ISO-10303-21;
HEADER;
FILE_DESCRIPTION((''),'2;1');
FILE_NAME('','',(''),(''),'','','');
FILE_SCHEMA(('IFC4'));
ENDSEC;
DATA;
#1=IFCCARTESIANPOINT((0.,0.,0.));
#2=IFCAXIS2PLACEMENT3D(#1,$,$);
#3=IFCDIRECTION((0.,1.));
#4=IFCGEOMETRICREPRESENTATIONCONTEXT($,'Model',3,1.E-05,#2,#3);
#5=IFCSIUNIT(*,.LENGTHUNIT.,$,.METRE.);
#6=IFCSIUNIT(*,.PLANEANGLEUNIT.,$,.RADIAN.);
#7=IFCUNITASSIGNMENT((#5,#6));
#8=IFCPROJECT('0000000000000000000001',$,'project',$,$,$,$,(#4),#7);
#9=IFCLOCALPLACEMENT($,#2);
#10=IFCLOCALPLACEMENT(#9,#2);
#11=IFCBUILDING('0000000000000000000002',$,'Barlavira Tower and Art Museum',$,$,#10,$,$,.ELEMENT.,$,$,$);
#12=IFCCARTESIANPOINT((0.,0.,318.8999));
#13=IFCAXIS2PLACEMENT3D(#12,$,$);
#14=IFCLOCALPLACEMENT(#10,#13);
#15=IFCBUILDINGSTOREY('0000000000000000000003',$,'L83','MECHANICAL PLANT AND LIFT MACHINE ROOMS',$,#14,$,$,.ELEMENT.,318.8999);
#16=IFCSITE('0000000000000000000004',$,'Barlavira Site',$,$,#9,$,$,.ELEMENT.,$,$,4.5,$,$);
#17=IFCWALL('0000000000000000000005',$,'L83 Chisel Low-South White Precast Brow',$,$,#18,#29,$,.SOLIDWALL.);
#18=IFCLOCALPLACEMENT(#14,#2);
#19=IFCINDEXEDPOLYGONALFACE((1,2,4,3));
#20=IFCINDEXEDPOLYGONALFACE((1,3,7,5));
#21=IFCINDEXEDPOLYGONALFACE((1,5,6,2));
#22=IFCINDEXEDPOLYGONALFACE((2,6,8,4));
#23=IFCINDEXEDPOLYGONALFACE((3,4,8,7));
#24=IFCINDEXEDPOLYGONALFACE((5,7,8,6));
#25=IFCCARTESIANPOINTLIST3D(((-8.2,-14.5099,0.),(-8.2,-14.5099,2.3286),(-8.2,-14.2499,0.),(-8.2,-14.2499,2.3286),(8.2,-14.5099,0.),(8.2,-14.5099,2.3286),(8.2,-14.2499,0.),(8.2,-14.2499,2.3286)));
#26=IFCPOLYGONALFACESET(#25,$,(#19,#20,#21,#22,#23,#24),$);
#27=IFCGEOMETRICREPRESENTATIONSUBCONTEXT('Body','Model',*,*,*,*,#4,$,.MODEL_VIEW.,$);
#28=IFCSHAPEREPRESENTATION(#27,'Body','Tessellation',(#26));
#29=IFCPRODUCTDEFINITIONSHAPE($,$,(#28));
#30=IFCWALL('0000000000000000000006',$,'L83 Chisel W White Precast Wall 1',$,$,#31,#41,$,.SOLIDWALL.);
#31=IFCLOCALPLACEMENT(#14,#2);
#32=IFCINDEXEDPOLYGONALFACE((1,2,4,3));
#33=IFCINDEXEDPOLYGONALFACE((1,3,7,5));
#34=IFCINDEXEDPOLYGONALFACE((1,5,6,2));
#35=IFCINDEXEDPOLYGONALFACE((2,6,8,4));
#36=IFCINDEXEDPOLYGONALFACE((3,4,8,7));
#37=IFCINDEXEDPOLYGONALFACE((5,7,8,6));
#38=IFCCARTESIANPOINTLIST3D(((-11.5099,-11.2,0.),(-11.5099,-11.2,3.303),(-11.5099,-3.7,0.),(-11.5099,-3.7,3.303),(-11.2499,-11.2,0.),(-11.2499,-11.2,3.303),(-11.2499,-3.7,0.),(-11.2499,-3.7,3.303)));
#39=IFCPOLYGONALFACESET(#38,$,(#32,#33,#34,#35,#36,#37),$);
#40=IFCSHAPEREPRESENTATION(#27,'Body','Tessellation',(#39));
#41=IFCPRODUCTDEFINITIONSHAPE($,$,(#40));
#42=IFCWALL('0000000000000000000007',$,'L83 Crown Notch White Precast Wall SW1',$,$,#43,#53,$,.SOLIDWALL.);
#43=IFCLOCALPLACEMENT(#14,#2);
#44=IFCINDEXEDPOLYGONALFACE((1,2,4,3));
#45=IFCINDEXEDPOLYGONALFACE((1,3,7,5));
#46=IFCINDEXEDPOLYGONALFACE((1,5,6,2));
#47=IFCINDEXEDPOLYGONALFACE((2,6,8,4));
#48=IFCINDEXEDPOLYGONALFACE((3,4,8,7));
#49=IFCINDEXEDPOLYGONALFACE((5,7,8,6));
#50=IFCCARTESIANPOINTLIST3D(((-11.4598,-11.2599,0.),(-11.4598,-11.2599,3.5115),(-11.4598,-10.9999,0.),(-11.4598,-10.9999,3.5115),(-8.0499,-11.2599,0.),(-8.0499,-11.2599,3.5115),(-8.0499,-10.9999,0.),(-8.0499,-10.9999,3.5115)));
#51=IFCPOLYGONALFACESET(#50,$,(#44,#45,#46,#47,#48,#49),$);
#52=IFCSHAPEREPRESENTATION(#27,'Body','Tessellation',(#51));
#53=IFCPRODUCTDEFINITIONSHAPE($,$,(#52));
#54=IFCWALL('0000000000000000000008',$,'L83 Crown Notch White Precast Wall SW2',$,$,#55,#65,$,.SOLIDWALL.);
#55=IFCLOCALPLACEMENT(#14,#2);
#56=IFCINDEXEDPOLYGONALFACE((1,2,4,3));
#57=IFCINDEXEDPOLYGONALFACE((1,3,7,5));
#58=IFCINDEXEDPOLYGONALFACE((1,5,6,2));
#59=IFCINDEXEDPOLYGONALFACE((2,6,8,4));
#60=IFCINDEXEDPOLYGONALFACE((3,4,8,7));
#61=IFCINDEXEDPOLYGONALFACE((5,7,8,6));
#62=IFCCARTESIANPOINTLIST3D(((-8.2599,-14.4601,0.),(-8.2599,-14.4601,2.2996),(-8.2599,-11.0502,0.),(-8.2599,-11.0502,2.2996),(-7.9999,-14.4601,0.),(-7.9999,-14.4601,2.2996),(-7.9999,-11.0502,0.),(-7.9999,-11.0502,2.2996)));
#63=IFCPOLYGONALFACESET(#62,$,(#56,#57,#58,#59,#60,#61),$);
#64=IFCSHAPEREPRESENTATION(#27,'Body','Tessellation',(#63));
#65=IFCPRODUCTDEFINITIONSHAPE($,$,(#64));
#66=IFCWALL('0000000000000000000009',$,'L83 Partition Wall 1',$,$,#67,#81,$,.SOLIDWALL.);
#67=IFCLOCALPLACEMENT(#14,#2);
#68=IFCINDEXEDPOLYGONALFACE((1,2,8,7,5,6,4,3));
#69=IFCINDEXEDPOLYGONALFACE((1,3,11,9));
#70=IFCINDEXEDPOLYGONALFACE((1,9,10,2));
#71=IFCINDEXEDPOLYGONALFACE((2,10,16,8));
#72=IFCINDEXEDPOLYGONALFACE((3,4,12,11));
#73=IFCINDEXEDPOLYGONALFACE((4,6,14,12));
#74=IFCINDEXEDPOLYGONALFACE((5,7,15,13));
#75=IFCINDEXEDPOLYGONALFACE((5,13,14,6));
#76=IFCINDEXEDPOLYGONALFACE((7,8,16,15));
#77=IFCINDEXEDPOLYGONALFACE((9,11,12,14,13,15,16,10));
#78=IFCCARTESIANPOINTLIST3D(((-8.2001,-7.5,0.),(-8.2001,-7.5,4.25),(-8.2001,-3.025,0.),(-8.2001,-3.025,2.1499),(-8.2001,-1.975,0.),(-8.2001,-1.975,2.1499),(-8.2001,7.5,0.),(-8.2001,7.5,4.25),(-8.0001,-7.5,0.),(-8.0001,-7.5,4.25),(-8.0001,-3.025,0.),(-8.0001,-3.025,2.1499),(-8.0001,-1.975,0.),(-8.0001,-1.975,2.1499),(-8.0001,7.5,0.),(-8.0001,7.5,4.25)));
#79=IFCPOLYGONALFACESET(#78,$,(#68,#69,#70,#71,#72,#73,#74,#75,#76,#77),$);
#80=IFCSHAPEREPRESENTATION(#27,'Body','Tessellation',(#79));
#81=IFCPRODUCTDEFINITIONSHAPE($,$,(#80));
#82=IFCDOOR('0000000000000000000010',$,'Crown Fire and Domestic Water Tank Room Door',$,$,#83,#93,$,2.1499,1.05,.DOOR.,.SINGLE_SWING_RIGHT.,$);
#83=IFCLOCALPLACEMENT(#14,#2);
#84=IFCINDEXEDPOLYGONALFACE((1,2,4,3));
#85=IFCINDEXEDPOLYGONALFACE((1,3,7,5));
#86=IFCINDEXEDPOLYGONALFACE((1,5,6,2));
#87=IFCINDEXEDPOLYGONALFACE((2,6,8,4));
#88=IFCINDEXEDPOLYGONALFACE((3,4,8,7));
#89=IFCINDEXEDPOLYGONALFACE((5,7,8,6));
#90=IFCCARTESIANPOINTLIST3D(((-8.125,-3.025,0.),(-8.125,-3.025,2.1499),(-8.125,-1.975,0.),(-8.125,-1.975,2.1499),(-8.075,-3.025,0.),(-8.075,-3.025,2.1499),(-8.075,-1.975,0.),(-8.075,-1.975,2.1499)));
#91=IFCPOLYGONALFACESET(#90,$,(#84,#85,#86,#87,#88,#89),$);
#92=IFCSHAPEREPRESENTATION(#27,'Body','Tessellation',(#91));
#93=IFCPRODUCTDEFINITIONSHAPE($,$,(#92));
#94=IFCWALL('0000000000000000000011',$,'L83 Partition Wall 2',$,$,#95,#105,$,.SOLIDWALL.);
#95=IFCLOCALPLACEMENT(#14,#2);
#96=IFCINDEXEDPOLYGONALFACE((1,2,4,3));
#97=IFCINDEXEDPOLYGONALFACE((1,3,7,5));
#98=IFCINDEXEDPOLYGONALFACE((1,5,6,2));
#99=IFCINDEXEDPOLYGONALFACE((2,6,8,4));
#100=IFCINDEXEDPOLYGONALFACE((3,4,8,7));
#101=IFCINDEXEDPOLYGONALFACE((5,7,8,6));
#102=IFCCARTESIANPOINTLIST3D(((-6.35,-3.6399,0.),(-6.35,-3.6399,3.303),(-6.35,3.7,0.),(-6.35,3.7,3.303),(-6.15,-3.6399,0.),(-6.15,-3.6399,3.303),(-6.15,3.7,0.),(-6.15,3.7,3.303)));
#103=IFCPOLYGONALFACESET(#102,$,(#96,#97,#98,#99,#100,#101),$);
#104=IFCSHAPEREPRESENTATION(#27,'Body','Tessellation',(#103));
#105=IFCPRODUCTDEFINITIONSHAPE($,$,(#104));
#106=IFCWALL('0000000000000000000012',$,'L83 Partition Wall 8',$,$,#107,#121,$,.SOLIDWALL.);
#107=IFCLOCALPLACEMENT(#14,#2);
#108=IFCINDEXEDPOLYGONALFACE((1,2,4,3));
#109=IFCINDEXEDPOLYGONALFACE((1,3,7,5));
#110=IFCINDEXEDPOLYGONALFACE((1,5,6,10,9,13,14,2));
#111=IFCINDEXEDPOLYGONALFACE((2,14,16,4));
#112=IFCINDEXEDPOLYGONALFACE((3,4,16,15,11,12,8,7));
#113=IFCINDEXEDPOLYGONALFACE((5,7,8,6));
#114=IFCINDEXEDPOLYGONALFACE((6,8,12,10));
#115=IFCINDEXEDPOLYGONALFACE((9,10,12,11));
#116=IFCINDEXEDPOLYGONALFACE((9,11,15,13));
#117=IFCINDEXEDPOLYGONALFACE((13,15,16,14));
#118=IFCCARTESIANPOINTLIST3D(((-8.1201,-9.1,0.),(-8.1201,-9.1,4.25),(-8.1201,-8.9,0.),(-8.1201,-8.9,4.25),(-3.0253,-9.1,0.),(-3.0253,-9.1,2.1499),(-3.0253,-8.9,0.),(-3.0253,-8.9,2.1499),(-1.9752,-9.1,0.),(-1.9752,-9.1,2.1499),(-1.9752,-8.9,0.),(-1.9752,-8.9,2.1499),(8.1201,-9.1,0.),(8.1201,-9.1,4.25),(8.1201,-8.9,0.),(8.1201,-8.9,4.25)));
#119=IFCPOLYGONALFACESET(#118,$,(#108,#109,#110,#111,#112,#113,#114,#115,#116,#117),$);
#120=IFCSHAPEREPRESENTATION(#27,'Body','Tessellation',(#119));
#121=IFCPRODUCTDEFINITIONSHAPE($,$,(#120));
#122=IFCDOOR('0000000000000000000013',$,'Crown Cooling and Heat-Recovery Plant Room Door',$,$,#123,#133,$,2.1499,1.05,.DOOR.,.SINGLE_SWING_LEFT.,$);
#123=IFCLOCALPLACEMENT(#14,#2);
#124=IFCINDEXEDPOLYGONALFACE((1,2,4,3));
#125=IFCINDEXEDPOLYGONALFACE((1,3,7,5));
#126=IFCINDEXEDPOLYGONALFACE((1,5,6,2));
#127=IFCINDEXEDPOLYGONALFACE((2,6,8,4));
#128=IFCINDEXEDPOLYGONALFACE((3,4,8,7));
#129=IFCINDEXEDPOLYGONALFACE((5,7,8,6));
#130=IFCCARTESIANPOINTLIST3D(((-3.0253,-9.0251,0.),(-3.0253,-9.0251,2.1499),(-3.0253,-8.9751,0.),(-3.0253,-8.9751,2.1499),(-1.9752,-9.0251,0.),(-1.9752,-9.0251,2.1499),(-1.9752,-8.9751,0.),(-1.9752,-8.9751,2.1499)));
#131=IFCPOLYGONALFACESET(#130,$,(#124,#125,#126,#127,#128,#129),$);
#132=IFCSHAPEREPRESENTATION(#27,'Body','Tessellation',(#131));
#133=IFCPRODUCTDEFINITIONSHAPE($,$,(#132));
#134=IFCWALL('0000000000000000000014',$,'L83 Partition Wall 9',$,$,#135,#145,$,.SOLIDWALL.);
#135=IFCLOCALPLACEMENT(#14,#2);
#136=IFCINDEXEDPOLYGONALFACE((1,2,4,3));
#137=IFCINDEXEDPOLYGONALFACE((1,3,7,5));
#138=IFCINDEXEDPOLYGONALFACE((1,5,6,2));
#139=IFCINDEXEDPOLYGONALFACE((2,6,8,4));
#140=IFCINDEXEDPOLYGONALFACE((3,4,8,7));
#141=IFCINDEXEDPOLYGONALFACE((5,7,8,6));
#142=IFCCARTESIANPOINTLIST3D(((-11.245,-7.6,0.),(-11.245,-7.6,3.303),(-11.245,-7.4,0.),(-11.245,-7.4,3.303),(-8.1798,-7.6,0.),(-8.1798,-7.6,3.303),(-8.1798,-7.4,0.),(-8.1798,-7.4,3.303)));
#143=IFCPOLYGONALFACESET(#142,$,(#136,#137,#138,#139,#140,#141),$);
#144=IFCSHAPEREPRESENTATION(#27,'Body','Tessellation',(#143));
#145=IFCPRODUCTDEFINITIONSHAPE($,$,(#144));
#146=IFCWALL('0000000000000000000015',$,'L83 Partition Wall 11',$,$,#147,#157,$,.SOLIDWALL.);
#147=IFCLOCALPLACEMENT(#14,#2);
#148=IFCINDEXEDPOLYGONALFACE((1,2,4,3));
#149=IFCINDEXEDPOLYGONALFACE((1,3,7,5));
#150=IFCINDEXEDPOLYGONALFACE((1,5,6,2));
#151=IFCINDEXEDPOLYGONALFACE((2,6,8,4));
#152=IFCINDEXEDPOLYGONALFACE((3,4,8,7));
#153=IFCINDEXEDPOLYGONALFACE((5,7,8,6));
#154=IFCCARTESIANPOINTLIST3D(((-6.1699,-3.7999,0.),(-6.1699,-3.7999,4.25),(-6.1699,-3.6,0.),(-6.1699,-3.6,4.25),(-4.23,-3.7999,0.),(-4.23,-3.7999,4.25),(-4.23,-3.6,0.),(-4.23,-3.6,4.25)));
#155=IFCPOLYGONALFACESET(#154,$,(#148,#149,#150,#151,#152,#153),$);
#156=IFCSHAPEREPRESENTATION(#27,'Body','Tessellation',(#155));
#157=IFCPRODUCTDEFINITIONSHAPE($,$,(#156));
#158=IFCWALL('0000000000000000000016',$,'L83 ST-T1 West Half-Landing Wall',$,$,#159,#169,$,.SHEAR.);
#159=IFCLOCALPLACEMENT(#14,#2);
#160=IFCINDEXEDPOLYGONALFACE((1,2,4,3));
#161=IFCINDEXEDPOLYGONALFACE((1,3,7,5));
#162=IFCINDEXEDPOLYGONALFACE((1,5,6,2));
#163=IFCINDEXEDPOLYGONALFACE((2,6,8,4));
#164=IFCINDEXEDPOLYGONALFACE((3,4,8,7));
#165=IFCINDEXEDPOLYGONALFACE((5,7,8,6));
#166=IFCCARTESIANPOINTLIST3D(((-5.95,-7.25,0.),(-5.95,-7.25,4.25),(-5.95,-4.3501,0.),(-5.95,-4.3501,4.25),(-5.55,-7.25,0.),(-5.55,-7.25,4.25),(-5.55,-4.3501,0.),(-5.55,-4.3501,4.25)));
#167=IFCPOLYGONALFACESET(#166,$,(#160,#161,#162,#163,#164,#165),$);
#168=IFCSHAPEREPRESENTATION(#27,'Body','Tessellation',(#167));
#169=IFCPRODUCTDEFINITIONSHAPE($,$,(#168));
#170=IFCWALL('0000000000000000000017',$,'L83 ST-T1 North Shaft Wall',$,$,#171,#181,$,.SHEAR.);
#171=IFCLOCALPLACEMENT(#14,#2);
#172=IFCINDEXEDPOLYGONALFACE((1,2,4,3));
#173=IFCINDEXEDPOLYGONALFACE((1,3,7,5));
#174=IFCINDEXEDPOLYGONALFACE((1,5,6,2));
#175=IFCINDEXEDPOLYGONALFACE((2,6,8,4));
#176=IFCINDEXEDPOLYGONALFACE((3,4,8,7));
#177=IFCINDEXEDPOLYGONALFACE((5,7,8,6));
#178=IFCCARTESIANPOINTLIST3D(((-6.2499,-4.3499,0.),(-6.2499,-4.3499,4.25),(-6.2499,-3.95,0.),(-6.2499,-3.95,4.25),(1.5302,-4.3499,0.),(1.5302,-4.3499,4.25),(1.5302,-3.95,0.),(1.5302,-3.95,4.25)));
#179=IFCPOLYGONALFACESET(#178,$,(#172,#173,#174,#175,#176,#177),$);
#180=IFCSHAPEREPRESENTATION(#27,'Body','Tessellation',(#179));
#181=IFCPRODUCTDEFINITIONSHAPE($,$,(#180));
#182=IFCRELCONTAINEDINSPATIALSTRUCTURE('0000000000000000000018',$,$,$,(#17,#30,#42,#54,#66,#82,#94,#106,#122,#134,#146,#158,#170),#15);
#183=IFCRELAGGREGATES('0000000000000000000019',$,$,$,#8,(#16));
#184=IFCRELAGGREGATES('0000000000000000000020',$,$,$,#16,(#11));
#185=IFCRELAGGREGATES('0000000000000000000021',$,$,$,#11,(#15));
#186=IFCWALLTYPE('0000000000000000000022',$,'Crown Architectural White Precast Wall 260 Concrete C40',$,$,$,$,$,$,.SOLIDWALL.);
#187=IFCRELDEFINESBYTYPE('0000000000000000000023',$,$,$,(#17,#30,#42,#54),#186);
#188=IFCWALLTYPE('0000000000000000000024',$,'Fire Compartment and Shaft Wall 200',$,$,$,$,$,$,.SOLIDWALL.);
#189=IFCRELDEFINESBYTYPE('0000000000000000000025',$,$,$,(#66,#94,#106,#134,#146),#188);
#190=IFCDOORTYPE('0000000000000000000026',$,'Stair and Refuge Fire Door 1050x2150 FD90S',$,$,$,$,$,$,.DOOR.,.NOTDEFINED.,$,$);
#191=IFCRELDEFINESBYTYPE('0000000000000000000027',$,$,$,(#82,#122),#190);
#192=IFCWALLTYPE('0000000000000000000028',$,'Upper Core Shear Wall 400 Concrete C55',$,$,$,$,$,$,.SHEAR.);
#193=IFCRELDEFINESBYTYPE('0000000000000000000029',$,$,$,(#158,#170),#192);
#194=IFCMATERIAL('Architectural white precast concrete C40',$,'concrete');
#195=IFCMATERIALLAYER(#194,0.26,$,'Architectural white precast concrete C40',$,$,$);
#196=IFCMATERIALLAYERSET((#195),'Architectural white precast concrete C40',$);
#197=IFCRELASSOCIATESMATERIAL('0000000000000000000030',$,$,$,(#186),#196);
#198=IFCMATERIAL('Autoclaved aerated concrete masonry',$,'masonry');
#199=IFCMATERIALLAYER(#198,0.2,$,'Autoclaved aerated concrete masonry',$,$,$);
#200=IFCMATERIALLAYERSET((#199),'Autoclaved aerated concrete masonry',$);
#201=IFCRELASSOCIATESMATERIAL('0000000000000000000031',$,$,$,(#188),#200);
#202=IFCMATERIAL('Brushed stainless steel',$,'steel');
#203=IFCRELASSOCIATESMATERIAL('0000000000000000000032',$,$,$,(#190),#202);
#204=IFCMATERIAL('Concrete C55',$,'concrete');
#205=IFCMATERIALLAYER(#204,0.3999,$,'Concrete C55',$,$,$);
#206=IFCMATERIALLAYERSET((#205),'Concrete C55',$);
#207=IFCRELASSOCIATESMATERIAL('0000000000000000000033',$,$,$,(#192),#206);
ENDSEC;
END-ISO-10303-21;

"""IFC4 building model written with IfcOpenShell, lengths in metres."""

from ifc_helpers import new_model, si_unit, direction, frame, frame_2d, origin, place, context, subcontext, project, spatial, rectangle, extrude, material, layer, layer_set, type_object, element, fill, save


model = new_model("IFC4")

# Units and contexts
model_context = context("Model", 3, precision=1e-05, world=origin(), true_north=direction((0.0, 1.0)))
body_context = subcontext(model_context, "Body", "Model", "MODEL_VIEW")
ifc_project = project(units=[si_unit("LENGTHUNIT", "METRE"), si_unit("PLANEANGLEUNIT", "RADIAN")], contexts=[model_context])

# Site, building, storey
site_placement = place(None, origin())
site = spatial("IfcSite", under=ifc_project, at=site_placement, Name="Barlavira Site", CompositionType="ELEMENT", RefElevation=4.5)
building_placement = place(site_placement, origin())
building = spatial("IfcBuilding", under=site, at=building_placement, Name="Barlavira Tower and Art Museum", CompositionType="ELEMENT")
storey_placement = place(building_placement, frame((0.0, 0.0, 318.8999)))
storey = spatial("IfcBuildingStorey", under=building, at=storey_placement, Name="L83", Description="MECHANICAL PLANT AND LIFT MACHINE ROOMS", CompositionType="ELEMENT", Elevation=318.8999)

# Walls
ifc_material_1 = material(Name="Architectural white precast concrete C40", Category="concrete")
ifc_layer_1 = layer(ifc_material_1, 0.26, Name="Architectural white precast concrete C40")
ifc_layer_set_1 = layer_set([ifc_layer_1], Name="Architectural white precast concrete C40")
wall_type_1 = type_object("IfcWallType", Name="Crown Architectural White Precast Wall 260 Concrete C40", PredefinedType="SOLIDWALL", material=ifc_layer_set_1)
wall_1_placement = place(storey_placement, frame((-8.2, -14.3799, 0.0), z_axis=(0.0, 0.0, 1.0), x_axis=(1.0, 0.0, 0.0)))
element("IfcWall", 1, at=wall_1_placement, inside=storey, type_object=wall_type_1, Name="L83 Chisel Low-South White Precast Brow", PredefinedType="SOLIDWALL", context=body_context, shape_type="SweptSolid", body=[
    extrude(rectangle(XDim=16.3999, YDim=0.26, at=frame_2d((8.2, 0.0))), origin(), (0.0, 0.0, 1.0), 2.3286),
])
wall_2_placement = place(storey_placement, frame((-11.3799, -3.7, 0.0), z_axis=(0.0, 0.0, 1.0), x_axis=(0.0, -1.0, 0.0)))
element("IfcWall", 2, at=wall_2_placement, inside=storey, type_object=wall_type_1, Name="L83 Chisel W White Precast Wall 1", PredefinedType="SOLIDWALL", context=body_context, shape_type="SweptSolid", body=[
    extrude(rectangle(XDim=7.5, YDim=0.26, at=frame_2d((3.75, 0.0))), origin(), (0.0, 0.0, 1.0), 3.303),
])
wall_3_placement = place(storey_placement, frame((-11.46, -11.1299, 0.0), z_axis=(0.0, 0.0, 1.0), x_axis=(1.0, 0.0, 0.0)))
element("IfcWall", 3, at=wall_3_placement, inside=storey, type_object=wall_type_1, Name="L83 Crown Notch White Precast Wall SW1", PredefinedType="SOLIDWALL", context=body_context, shape_type="SweptSolid", body=[
    extrude(rectangle(XDim=3.4099, YDim=0.26, at=frame_2d((1.7051, 0.0))), origin(), (0.0, 0.0, 1.0), 3.5115),
])
wall_4_placement = place(storey_placement, frame((-8.1299, -11.05, 0.0), z_axis=(0.0, 0.0, 1.0), x_axis=(0.0, -1.0, 0.0)))
element("IfcWall", 4, at=wall_4_placement, inside=storey, type_object=wall_type_1, Name="L83 Crown Notch White Precast Wall SW2", PredefinedType="SOLIDWALL", context=body_context, shape_type="SweptSolid", body=[
    extrude(rectangle(XDim=3.4099, YDim=0.26, at=frame_2d((1.7051, 0.0))), origin(), (0.0, 0.0, 1.0), 2.2996),
])

# Wall, opening, door
ifc_material_2 = material(Name="Autoclaved aerated concrete masonry", Category="masonry")
ifc_layer_2 = layer(ifc_material_2, 0.2, Name="Autoclaved aerated concrete masonry")
ifc_layer_set_2 = layer_set([ifc_layer_2], Name="Autoclaved aerated concrete masonry")
wall_type_2 = type_object("IfcWallType", Name="Fire Compartment and Shaft Wall 200", PredefinedType="SOLIDWALL", material=ifc_layer_set_2)
wall_5_placement = place(storey_placement, frame((-8.1001, -7.5, 0.0), z_axis=(0.0, 0.0, 1.0), x_axis=(0.0, 1.0, 0.0)))
wall_5 = element("IfcWall", 5, at=wall_5_placement, inside=storey, type_object=wall_type_2, Name="L83 Partition Wall 1", PredefinedType="SOLIDWALL", context=body_context, shape_type="SweptSolid", body=[
    extrude(rectangle(XDim=15.0, YDim=0.2, at=frame_2d((7.5, 0.0))), origin(), (0.0, 0.0, 1.0), 4.25),
])
opening_1_placement = place(wall_5_placement, frame((4.4751, 0.0, 0.0)))
opening_1 = element("IfcOpeningElement", 6, at=opening_1_placement, cuts=wall_5, PredefinedType="OPENING", context=body_context, shape_type="SweptSolid", body=[
    extrude(rectangle(XDim=1.05, YDim=2.1499, at=frame_2d((0.5249, 1.075))), frame((0.0, 0.1099, 0.0), z_axis=(0.0, -1.0, 0.0), x_axis=(1.0, 0.0, 0.0)), (0.0, 0.0, 1.0), 0.22),
])
ifc_material_3 = material(Name="Brushed stainless steel", Category="steel")
door_type_1 = type_object("IfcDoorType", Name="Stair and Refuge Fire Door 1050x2150 FD90S", OperationType="NOTDEFINED", PredefinedType="DOOR", material=ifc_material_3)
door_1_placement = place(opening_1_placement, origin())
door_1 = element("IfcDoor", 7, at=door_1_placement, inside=storey, type_object=door_type_1, Name="Crown Fire and Domestic Water Tank Room Door", OperationType="SINGLE_SWING_RIGHT", OverallHeight=2.1499, OverallWidth=1.05, PredefinedType="DOOR", context=body_context, shape_type="SweptSolid", body=[
    extrude(rectangle(XDim=1.05, YDim=2.1499, at=frame_2d((0.5249, 1.075))), frame((0.0, 0.0249, 0.0), z_axis=(0.0, -1.0, 0.0), x_axis=(1.0, 0.0, 0.0)), (0.0, 0.0, 1.0), 0.05),
])
fill(opening_1, door_1)

# Wall
wall_6_placement = place(storey_placement, frame((-6.25, -3.6399, 0.0), z_axis=(0.0, 0.0, 1.0), x_axis=(0.0, 1.0, 0.0)))
element("IfcWall", 8, at=wall_6_placement, inside=storey, type_object=wall_type_2, Name="L83 Partition Wall 2", PredefinedType="SOLIDWALL", context=body_context, shape_type="SweptSolid", body=[
    extrude(rectangle(XDim=7.3398, YDim=0.2, at=frame_2d((3.6699, 0.0))), origin(), (0.0, 0.0, 1.0), 3.303),
])

# Wall, opening, door
wall_7_placement = place(storey_placement, frame((-8.1201, -9.0, 0.0), z_axis=(0.0, 0.0, 1.0), x_axis=(1.0, 0.0, 0.0)))
wall_7 = element("IfcWall", 9, at=wall_7_placement, inside=storey, type_object=wall_type_2, Name="L83 Partition Wall 8", PredefinedType="SOLIDWALL", context=body_context, shape_type="SweptSolid", body=[
    extrude(rectangle(XDim=16.2402, YDim=0.2, at=frame_2d((8.1201, 0.0))), origin(), (0.0, 0.0, 1.0), 4.25),
])
opening_2_placement = place(wall_7_placement, frame((5.095, 0.0, 0.0)))
opening_2 = element("IfcOpeningElement", 10, at=opening_2_placement, cuts=wall_7, PredefinedType="OPENING", context=body_context, shape_type="SweptSolid", body=[
    extrude(rectangle(XDim=1.05, YDim=2.1499, at=frame_2d((0.5249, 1.075))), frame((0.0, 0.1099, 0.0), z_axis=(0.0, -1.0, 0.0), x_axis=(1.0, 0.0, 0.0)), (0.0, 0.0, 1.0), 0.22),
])
door_2_placement = place(opening_2_placement, origin())
door_2 = element("IfcDoor", 11, at=door_2_placement, inside=storey, type_object=door_type_1, Name="Crown Cooling and Heat-Recovery Plant Room Door", OperationType="SINGLE_SWING_LEFT", OverallHeight=2.1499, OverallWidth=1.05, PredefinedType="DOOR", context=body_context, shape_type="SweptSolid", body=[
    extrude(rectangle(XDim=1.05, YDim=2.1499, at=frame_2d((0.5249, 1.075))), frame((0.0, 0.0249, 0.0), z_axis=(0.0, -1.0, 0.0), x_axis=(1.0, 0.0, 0.0)), (0.0, 0.0, 1.0), 0.05),
])
fill(opening_2, door_2)

# Walls
wall_8_placement = place(storey_placement, frame((-11.2451, -7.5, 0.0), z_axis=(0.0, 0.0, 1.0), x_axis=(1.0, 0.0, 0.0)))
element("IfcWall", 12, at=wall_8_placement, inside=storey, type_object=wall_type_2, Name="L83 Partition Wall 9", PredefinedType="SOLIDWALL", context=body_context, shape_type="SweptSolid", body=[
    extrude(rectangle(XDim=3.0652, YDim=0.2, at=frame_2d((1.5327, 0.0))), origin(), (0.0, 0.0, 1.0), 3.303),
])
wall_9_placement = place(storey_placement, frame((-6.1699, -3.7, 0.0), z_axis=(0.0, 0.0, 1.0), x_axis=(1.0, 0.0, 0.0)))
element("IfcWall", 13, at=wall_9_placement, inside=storey, type_object=wall_type_2, Name="L83 Partition Wall 11", PredefinedType="SOLIDWALL", context=body_context, shape_type="SweptSolid", body=[
    extrude(rectangle(XDim=1.9399, YDim=0.2, at=frame_2d((0.97, 0.0))), origin(), (0.0, 0.0, 1.0), 4.25),
])
ifc_material_4 = material(Name="Concrete C55", Category="concrete")
ifc_layer_3 = layer(ifc_material_4, 0.3999, Name="Concrete C55")
ifc_layer_set_3 = layer_set([ifc_layer_3], Name="Concrete C55")
wall_type_3 = type_object("IfcWallType", Name="Upper Core Shear Wall 400 Concrete C55", PredefinedType="SHEAR", material=ifc_layer_set_3)
wall_10_placement = place(storey_placement, frame((-5.75, -7.25, 0.0), z_axis=(0.0, 0.0, 1.0), x_axis=(0.0, 1.0, 0.0)))
element("IfcWall", 14, at=wall_10_placement, inside=storey, type_object=wall_type_3, Name="L83 ST-T1 West Half-Landing Wall", PredefinedType="SHEAR", context=body_context, shape_type="SweptSolid", body=[
    extrude(rectangle(XDim=2.8999, YDim=0.3999, at=frame_2d((1.45, 0.0))), origin(), (0.0, 0.0, 1.0), 4.25),
])
wall_11_placement = place(storey_placement, frame((-6.25, -4.1499, 0.0), z_axis=(0.0, 0.0, 1.0), x_axis=(1.0, 0.0, 0.0)))
element("IfcWall", 15, at=wall_11_placement, inside=storey, type_object=wall_type_3, Name="L83 ST-T1 North Shaft Wall", PredefinedType="SHEAR", context=body_context, shape_type="SweptSolid", body=[
    extrude(rectangle(XDim=7.78, YDim=0.3999, at=frame_2d((3.8901, 0.0))), origin(), (0.0, 0.0, 1.0), 4.25),
])

save(model, "model.ifc")
